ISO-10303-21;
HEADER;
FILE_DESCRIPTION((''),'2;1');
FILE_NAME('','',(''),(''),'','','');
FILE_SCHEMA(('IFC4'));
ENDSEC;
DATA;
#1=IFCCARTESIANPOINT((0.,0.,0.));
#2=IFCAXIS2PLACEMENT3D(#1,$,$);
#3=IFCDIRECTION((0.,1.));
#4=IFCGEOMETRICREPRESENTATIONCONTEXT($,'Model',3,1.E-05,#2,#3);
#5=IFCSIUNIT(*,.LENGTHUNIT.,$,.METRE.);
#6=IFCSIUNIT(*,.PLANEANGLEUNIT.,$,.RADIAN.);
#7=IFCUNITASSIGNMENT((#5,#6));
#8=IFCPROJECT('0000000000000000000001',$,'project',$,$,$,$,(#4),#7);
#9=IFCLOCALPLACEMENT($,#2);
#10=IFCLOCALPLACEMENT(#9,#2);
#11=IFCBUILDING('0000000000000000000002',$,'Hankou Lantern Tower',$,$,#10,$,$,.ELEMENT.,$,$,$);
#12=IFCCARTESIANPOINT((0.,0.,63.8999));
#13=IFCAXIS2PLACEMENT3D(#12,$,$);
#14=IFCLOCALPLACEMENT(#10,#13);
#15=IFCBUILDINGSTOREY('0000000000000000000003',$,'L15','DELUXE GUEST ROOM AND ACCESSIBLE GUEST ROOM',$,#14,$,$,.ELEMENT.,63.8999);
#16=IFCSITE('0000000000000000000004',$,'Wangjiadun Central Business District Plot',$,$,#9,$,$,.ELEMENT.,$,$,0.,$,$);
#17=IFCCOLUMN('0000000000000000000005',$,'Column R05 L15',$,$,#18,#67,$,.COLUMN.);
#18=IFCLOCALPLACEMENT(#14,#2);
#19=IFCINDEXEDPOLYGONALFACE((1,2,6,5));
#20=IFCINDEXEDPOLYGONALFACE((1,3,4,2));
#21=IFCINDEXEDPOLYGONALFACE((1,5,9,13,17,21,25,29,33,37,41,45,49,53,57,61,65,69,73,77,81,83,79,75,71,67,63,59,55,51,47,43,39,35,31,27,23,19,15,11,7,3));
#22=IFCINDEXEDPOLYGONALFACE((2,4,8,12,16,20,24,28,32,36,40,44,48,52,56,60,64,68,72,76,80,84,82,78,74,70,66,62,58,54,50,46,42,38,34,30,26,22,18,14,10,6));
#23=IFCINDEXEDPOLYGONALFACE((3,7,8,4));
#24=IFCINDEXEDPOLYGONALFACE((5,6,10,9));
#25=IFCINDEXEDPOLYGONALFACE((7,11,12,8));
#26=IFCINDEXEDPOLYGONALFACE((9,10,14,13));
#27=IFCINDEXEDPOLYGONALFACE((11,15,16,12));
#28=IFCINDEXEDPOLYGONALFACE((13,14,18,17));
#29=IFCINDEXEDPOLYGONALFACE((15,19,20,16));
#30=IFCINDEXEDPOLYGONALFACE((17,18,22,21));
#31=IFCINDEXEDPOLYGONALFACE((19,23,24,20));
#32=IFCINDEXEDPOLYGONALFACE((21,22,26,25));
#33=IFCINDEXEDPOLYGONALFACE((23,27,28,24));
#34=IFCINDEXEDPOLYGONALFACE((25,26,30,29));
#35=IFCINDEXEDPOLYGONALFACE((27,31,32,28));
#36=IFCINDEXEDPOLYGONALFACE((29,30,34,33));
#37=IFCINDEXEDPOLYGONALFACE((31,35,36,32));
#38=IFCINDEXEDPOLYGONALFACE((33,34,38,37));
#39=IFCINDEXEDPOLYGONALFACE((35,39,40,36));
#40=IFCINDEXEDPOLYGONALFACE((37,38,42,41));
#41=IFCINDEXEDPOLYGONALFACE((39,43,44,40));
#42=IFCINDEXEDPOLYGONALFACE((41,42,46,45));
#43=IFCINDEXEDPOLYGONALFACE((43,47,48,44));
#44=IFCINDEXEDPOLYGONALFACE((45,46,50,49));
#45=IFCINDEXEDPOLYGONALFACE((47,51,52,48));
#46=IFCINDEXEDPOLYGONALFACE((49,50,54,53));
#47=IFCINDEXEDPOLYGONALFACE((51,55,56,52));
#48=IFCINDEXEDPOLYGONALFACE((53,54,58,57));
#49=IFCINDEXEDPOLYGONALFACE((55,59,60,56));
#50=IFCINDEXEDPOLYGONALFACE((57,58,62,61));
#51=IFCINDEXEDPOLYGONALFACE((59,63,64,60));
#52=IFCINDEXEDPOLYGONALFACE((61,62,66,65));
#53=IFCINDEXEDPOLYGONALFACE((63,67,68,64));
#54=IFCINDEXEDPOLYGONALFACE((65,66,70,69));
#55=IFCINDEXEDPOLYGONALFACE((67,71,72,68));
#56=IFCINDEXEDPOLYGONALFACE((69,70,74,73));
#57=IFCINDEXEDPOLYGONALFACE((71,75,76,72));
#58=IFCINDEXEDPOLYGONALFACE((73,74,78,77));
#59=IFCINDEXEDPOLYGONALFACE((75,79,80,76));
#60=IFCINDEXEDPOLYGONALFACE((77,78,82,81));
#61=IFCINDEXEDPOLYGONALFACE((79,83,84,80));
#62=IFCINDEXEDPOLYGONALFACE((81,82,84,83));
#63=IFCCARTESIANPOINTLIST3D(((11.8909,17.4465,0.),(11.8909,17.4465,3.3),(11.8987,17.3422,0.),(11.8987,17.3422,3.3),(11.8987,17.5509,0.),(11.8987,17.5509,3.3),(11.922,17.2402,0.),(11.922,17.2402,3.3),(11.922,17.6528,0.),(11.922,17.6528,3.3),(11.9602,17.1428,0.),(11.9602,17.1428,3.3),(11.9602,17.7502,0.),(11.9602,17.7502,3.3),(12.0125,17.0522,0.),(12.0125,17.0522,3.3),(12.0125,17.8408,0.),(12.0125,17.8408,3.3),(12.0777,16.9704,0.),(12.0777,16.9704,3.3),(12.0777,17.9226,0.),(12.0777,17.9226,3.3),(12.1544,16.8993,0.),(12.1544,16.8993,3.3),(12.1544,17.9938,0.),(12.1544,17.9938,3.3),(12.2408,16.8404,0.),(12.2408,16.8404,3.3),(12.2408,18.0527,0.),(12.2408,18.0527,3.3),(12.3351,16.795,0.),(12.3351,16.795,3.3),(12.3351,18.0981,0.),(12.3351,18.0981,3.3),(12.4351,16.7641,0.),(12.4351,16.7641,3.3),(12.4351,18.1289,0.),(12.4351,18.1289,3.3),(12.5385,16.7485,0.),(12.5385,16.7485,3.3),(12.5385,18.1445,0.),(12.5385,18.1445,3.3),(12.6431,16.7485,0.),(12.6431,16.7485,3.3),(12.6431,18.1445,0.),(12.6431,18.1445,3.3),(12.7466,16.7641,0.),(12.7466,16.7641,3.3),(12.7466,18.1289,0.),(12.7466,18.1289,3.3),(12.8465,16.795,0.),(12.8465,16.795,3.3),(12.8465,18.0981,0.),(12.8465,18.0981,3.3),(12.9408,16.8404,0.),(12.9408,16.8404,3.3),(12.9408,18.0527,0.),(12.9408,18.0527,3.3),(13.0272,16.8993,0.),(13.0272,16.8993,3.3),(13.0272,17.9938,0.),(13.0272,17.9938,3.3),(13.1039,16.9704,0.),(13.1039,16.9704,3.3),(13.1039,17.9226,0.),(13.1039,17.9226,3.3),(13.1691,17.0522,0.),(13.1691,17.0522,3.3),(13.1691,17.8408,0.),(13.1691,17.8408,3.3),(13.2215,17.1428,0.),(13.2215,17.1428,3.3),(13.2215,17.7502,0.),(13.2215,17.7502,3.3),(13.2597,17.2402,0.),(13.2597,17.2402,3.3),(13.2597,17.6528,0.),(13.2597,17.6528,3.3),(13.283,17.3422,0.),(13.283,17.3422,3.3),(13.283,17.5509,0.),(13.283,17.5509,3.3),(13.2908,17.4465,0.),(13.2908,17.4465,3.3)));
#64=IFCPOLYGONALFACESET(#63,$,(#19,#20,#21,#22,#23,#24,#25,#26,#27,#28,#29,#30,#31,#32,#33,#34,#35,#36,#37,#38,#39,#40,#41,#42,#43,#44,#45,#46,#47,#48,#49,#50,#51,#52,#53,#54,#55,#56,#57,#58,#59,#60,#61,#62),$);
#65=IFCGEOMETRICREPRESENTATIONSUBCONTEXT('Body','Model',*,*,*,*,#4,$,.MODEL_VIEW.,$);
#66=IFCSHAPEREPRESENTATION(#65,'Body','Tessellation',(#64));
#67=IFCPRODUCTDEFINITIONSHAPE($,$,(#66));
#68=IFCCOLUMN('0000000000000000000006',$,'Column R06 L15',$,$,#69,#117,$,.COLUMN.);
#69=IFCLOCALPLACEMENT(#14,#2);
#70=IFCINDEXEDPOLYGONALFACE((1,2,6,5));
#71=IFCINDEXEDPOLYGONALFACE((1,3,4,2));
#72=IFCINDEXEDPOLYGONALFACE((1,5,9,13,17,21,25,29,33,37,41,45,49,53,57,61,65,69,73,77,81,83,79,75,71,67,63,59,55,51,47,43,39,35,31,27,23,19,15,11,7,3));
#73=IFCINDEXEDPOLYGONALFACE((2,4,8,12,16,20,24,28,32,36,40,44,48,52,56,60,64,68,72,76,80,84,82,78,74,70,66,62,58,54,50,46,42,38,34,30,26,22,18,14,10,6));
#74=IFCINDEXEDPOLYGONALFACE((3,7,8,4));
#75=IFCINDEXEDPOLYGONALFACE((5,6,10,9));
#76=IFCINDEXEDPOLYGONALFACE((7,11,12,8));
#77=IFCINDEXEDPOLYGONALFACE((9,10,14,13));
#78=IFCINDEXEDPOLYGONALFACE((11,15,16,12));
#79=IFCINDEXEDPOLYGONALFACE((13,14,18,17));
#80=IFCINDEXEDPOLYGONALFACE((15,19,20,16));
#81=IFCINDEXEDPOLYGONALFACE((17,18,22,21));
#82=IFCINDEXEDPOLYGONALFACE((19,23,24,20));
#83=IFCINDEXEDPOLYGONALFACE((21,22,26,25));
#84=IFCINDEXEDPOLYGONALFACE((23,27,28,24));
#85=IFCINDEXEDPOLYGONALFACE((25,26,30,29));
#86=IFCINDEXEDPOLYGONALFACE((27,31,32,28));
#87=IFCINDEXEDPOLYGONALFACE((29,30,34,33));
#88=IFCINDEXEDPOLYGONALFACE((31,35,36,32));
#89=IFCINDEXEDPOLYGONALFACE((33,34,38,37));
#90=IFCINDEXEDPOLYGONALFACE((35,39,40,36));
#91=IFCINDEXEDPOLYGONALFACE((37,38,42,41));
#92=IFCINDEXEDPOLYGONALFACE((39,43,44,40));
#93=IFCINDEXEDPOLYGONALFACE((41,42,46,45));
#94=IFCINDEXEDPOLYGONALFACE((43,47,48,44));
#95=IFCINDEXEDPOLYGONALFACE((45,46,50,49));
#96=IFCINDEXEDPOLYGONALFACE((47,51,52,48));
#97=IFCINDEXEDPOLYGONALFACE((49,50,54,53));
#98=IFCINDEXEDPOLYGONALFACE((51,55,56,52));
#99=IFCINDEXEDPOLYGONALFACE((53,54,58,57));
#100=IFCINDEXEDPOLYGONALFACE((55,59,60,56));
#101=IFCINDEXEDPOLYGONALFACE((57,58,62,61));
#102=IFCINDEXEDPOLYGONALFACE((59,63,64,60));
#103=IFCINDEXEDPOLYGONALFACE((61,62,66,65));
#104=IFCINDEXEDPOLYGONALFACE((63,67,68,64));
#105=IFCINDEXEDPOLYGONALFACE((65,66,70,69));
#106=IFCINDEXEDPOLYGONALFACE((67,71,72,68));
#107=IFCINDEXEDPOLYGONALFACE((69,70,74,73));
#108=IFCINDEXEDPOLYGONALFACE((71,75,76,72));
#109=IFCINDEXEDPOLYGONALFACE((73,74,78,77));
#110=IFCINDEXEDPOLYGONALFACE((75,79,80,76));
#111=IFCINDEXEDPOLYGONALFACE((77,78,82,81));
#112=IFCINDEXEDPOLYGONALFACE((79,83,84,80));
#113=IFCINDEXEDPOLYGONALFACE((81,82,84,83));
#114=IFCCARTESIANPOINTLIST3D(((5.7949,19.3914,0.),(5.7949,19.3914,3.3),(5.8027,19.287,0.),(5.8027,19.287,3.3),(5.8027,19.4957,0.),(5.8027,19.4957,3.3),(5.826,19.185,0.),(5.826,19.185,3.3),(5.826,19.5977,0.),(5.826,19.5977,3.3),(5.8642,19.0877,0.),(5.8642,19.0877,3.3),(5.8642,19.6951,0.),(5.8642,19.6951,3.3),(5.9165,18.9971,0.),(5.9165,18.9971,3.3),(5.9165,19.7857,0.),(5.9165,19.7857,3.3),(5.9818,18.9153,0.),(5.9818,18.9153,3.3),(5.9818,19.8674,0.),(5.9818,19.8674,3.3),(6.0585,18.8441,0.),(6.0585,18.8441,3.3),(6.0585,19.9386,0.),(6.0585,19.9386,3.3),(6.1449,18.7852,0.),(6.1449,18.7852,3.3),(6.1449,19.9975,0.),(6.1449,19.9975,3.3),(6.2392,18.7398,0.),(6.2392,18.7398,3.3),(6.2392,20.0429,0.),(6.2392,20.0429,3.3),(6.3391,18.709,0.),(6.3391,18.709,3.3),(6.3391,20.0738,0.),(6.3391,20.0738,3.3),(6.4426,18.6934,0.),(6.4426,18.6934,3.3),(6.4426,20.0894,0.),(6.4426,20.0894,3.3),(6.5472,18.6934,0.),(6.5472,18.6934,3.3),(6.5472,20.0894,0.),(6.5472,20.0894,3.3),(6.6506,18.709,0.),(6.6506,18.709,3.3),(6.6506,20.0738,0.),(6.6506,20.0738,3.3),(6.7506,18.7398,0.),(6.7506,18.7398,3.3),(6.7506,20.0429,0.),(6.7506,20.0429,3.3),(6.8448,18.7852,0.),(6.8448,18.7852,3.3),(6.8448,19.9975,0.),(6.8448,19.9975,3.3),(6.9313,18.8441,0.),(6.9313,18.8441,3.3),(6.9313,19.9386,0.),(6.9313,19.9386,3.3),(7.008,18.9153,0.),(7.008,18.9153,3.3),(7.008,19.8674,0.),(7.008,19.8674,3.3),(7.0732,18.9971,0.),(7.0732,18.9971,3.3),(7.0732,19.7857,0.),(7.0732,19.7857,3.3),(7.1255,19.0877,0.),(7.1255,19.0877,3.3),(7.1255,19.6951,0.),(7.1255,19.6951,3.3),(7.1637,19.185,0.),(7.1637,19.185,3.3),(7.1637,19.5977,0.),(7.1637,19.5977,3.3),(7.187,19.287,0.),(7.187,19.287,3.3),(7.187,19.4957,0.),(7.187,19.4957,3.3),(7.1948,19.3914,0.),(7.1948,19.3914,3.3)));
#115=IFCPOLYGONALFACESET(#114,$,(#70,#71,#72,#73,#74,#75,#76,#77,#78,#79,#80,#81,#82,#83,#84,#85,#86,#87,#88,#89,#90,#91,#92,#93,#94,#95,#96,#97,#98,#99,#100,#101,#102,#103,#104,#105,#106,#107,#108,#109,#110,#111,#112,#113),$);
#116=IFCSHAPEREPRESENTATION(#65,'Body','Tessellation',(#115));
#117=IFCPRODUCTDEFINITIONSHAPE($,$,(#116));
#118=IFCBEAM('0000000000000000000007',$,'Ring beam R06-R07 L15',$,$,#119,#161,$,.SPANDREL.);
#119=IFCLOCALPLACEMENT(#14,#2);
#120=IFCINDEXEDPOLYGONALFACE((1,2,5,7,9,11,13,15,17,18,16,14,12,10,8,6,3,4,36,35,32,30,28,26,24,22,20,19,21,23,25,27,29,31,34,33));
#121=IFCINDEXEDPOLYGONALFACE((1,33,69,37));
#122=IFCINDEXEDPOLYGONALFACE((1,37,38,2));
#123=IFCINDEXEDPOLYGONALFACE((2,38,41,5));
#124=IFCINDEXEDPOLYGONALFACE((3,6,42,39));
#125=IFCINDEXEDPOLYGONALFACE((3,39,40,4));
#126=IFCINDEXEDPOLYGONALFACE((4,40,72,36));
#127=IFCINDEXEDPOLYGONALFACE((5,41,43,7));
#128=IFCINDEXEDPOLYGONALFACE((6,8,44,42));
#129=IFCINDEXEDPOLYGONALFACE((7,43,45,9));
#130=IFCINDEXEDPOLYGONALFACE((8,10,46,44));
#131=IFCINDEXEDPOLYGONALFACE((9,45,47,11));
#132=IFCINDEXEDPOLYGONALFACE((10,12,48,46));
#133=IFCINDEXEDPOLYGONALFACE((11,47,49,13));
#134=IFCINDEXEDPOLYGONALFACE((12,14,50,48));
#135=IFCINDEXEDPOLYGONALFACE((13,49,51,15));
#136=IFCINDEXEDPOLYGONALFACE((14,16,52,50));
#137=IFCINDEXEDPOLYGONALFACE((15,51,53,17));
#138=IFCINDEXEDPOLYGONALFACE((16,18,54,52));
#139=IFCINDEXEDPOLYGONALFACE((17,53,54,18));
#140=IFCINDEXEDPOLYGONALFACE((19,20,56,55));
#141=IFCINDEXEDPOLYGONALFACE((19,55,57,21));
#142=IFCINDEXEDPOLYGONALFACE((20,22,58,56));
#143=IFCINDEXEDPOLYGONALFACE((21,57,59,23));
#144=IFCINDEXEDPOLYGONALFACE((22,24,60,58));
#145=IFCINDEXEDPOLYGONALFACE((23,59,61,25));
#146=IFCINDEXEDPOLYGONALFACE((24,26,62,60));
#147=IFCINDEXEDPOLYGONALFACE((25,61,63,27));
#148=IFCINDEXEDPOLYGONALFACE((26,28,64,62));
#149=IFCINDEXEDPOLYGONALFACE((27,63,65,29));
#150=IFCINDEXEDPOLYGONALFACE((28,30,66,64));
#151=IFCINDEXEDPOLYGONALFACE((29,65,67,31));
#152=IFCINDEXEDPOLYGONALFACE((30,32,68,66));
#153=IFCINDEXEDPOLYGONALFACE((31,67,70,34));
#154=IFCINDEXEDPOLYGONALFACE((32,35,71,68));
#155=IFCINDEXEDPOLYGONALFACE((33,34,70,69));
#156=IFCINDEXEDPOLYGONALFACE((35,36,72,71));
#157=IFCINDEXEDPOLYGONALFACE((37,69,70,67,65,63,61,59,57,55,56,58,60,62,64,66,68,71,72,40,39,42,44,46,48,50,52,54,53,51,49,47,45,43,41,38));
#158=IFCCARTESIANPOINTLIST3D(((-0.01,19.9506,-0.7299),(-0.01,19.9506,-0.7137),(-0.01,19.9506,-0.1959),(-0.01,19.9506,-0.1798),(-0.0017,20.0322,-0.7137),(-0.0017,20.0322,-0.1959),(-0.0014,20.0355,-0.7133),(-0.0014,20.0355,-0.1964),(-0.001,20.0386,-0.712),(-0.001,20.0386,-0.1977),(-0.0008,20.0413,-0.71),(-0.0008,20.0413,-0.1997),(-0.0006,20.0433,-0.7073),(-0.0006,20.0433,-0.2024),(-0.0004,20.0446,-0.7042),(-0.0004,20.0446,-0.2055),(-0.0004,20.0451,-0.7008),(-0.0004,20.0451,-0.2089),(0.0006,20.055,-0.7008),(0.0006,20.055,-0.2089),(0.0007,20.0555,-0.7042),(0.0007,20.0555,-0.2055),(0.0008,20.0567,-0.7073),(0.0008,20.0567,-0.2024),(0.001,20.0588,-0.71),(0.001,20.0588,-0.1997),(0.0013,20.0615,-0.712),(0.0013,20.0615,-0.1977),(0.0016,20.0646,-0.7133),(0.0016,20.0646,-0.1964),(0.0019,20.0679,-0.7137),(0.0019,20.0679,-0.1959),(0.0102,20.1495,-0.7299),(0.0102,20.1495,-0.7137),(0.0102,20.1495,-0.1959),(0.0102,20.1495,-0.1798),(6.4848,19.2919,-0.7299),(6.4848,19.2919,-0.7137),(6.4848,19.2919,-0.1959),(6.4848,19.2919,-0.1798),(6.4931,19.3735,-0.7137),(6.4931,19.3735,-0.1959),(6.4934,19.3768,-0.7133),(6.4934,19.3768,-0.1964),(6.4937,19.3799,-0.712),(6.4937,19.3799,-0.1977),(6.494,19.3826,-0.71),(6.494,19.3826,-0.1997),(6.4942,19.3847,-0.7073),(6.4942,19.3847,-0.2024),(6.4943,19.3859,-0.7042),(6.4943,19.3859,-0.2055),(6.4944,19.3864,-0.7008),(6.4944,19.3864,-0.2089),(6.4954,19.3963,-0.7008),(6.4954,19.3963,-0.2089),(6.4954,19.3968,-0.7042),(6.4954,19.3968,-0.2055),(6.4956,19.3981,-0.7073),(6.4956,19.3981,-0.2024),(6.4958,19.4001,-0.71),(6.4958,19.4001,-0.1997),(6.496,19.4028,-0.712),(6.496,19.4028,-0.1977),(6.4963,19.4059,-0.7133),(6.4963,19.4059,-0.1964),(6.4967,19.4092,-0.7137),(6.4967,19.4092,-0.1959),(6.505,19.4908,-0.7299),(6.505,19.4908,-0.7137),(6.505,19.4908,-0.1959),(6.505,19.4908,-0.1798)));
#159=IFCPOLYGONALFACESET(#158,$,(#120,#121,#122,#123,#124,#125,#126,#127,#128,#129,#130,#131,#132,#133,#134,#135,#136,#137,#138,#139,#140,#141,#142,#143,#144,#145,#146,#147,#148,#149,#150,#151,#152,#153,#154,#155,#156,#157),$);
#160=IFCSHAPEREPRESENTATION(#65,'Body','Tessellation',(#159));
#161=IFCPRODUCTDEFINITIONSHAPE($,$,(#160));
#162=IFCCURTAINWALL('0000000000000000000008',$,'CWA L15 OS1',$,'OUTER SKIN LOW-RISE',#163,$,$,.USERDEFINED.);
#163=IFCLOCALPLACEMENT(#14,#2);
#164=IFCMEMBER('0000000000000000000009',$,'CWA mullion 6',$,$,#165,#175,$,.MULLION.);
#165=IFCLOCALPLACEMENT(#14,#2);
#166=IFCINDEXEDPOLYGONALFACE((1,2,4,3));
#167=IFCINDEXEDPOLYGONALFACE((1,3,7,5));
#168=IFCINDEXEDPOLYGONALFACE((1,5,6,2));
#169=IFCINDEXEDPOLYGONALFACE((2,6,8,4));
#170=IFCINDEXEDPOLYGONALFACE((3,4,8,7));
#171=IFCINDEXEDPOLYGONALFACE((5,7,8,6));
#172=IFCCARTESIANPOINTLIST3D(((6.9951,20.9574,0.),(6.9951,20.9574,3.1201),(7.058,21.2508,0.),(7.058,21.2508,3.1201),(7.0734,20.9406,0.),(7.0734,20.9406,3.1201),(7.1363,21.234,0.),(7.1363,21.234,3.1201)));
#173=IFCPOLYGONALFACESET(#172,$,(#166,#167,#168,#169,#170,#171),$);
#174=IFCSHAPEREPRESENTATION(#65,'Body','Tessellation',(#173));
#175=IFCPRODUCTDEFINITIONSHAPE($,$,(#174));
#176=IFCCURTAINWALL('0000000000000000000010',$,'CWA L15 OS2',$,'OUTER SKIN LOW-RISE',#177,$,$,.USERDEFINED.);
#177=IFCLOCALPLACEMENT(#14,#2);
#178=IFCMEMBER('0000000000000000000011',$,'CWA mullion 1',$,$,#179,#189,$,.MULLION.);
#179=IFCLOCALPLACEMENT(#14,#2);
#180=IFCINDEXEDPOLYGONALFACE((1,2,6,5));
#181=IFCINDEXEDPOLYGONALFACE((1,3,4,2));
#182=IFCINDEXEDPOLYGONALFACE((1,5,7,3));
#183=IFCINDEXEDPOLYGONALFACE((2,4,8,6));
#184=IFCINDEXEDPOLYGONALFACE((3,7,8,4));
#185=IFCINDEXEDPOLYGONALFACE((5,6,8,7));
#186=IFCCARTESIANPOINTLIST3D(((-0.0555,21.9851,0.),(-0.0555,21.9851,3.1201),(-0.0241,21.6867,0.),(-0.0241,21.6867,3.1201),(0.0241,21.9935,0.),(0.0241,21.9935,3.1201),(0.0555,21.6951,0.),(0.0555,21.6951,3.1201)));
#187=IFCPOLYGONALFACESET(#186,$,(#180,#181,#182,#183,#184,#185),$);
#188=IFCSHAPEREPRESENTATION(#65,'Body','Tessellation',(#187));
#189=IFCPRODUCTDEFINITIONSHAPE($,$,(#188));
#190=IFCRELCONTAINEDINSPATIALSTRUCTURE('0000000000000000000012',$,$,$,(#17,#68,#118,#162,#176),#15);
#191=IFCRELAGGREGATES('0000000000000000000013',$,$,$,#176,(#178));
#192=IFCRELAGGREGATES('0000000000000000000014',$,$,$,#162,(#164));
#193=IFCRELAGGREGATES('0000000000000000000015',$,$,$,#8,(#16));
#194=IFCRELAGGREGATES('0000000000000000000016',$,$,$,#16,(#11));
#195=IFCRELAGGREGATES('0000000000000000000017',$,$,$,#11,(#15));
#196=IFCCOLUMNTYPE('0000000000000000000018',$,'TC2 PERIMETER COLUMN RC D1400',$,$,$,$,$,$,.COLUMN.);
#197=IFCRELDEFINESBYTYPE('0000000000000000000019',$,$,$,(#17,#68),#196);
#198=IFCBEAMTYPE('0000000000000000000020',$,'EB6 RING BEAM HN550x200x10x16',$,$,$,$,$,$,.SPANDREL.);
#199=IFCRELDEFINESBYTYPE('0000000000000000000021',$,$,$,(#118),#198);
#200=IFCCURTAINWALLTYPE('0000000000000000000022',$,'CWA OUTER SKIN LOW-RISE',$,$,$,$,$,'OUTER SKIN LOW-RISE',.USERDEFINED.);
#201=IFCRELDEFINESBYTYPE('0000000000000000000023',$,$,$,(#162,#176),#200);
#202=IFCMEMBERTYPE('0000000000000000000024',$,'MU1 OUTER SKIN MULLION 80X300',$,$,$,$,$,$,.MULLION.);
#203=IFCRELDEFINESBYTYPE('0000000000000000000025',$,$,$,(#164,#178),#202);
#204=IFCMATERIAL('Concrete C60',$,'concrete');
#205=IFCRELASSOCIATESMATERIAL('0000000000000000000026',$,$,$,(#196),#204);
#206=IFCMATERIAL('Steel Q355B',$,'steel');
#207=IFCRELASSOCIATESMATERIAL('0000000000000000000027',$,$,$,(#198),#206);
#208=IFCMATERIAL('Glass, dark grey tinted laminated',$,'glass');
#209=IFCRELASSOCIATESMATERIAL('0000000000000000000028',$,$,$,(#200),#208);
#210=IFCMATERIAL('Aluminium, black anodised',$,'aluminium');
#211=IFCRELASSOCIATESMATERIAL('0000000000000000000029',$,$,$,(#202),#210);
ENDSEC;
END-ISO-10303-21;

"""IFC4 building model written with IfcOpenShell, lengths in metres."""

from ifc_helpers import new_model, si_unit, direction, frame, origin, origin_2d, place, context, subcontext, project, spatial, rectangle, circle, i_section, extrude, material, material_profile, profile_set, type_object, element, aggregate, save


model = new_model("IFC4")

# Units and contexts
model_context = context("Model", 3, precision=1e-05, world=origin(), true_north=direction((0.0, 1.0)))
body_context = subcontext(model_context, "Body", "Model", "MODEL_VIEW")
ifc_project = project(units=[si_unit("LENGTHUNIT", "METRE"), si_unit("PLANEANGLEUNIT", "RADIAN")], contexts=[model_context])

# Site, building, storey
site_placement = place(None, origin())
site = spatial("IfcSite", under=ifc_project, at=site_placement, Name="Wangjiadun Central Business District Plot", CompositionType="ELEMENT", RefElevation=0.0)
building_placement = place(site_placement, origin())
building = spatial("IfcBuilding", under=site, at=building_placement, Name="Hankou Lantern Tower", CompositionType="ELEMENT")
storey_placement = place(building_placement, frame((0.0, 0.0, 63.8999)))
storey = spatial("IfcBuildingStorey", under=building, at=storey_placement, Name="L15", Description="DELUXE GUEST ROOM AND ACCESSIBLE GUEST ROOM", CompositionType="ELEMENT", Elevation=63.8999)

# Columns
ifc_material_1 = material(Name="Concrete C60", Category="concrete")
ifc_material_profile_1 = material_profile(ifc_material_1, circle(Radius=0.7, at=origin_2d()), Name="RC D1400")
ifc_profile_set_1 = profile_set([ifc_material_profile_1], Name="Concrete C60")
column_type = type_object("IfcColumnType", Name="TC2 PERIMETER COLUMN RC D1400", PredefinedType="COLUMN", material=ifc_profile_set_1)
for number, where, z_axis, x_axis, name in (
    (1, (12.5908, 17.4465, 0.0), (0.0, 0.0, 1.0), (1.0, 0.0, 0.0), "Column R05 L15"),
    (2, (6.4949, 19.3914, 0.0), (0.0, 0.0, 1.0), (1.0, 0.0, 0.0), "Column R06 L15"),
):
    element("IfcColumn", number, at=place(storey_placement, frame(where, z_axis=z_axis, x_axis=x_axis)), inside=storey, type_object=column_type, Name=name, PredefinedType="COLUMN", context=body_context, shape_type="SweptSolid", body=[
        extrude(circle(Radius=0.7, at=origin_2d()), origin(), (0.0, 0.0, 1.0), 3.3),
    ])

# Beam
ifc_material_2 = material(Name="Steel Q355B", Category="steel")
ifc_material_profile_2 = material_profile(ifc_material_2, i_section(OverallWidth=0.2, OverallDepth=0.55, WebThickness=0.01, FlangeThickness=0.0161, FilletRadius=0.0129, at=origin_2d()), Name="HN550x200x10x16")
ifc_profile_set_2 = profile_set([ifc_material_profile_2], Name="Steel Q355B")
beam_type_1 = type_object("IfcBeamType", Name="EB6 RING BEAM HN550x200x10x16", PredefinedType="SPANDREL", material=ifc_profile_set_2)
beam_1_placement = place(storey_placement, frame((6.4949, 19.3914, -0.4548), z_axis=(-0.994897, 0.1009, 0.0), x_axis=(-0.1009, -0.994897, 0.0)))
element("IfcBeam", 3, at=beam_1_placement, inside=storey, type_object=beam_type_1, Name="Ring beam R06-R07 L15", PredefinedType="SPANDREL", context=body_context, shape_type="SweptSolid", body=[
    extrude(i_section(OverallWidth=0.2, OverallDepth=0.55, WebThickness=0.01, FlangeThickness=0.0161, FilletRadius=0.0129, at=origin_2d()), origin(), (0.0, 0.0, 1.0), 6.5281),
])

# Curtain walls, members
ifc_material_3 = material(Name="Glass, dark grey tinted laminated", Category="glass")
curtain_wall_type = type_object("IfcCurtainWallType", Name="CWA OUTER SKIN LOW-RISE", ElementType="OUTER SKIN LOW-RISE", PredefinedType="USERDEFINED", material=ifc_material_3)
curtain_wall_1_placement = place(storey_placement, origin())
curtain_wall_1 = element("IfcCurtainWall", 4, at=curtain_wall_1_placement, inside=storey, type_object=curtain_wall_type, Name="CWA L15 OS1", ObjectType="OUTER SKIN LOW-RISE", PredefinedType="USERDEFINED")
ifc_material_4 = material(Name="Aluminium, black anodised", Category="aluminium")
ifc_material_profile_3 = material_profile(ifc_material_4, rectangle(XDim=0.0801, YDim=0.3, at=origin_2d()), Name="MU1 80X300")
ifc_profile_set_3 = profile_set([ifc_material_profile_3], Name="Aluminium, black anodised")
member_type_1 = type_object("IfcMemberType", Name="MU1 OUTER SKIN MULLION 80X300", PredefinedType="MULLION", material=ifc_profile_set_3)
member_1_placement = place(storey_placement, frame((7.0657, 21.0957, 0.0), z_axis=(0.0, 0.0, 1.0), x_axis=(-0.977788, 0.209598, 0.0)))
member_1 = element("IfcMember", 5, at=member_1_placement, type_object=member_type_1, Name="CWA mullion 6", PredefinedType="MULLION", context=body_context, shape_type="SweptSolid", body=[
    extrude(rectangle(XDim=0.0801, YDim=0.3, at=origin_2d()), origin(), (0.0, 0.0, 1.0), 3.1201),
])
curtain_wall_2_placement = place(storey_placement, origin())
curtain_wall_2 = element("IfcCurtainWall", 6, at=curtain_wall_2_placement, inside=storey, type_object=curtain_wall_type, Name="CWA L15 OS2", ObjectType="OUTER SKIN LOW-RISE", PredefinedType="USERDEFINED")
member_2_placement = place(storey_placement, frame((0.0, 21.8401, 0.0), z_axis=(0.0, 0.0, 1.0), x_axis=(-0.994499, -0.104743, 0.0)))
member_2 = element("IfcMember", 7, at=member_2_placement, type_object=member_type_1, Name="CWA mullion 1", PredefinedType="MULLION", context=body_context, shape_type="SweptSolid", body=[
    extrude(rectangle(XDim=0.0801, YDim=0.3, at=origin_2d()), origin(), (0.0, 0.0, 1.0), 3.1201),
])
aggregate(curtain_wall_2, [member_2])

aggregate(curtain_wall_1, [member_1])

save(model, "model.ifc")
